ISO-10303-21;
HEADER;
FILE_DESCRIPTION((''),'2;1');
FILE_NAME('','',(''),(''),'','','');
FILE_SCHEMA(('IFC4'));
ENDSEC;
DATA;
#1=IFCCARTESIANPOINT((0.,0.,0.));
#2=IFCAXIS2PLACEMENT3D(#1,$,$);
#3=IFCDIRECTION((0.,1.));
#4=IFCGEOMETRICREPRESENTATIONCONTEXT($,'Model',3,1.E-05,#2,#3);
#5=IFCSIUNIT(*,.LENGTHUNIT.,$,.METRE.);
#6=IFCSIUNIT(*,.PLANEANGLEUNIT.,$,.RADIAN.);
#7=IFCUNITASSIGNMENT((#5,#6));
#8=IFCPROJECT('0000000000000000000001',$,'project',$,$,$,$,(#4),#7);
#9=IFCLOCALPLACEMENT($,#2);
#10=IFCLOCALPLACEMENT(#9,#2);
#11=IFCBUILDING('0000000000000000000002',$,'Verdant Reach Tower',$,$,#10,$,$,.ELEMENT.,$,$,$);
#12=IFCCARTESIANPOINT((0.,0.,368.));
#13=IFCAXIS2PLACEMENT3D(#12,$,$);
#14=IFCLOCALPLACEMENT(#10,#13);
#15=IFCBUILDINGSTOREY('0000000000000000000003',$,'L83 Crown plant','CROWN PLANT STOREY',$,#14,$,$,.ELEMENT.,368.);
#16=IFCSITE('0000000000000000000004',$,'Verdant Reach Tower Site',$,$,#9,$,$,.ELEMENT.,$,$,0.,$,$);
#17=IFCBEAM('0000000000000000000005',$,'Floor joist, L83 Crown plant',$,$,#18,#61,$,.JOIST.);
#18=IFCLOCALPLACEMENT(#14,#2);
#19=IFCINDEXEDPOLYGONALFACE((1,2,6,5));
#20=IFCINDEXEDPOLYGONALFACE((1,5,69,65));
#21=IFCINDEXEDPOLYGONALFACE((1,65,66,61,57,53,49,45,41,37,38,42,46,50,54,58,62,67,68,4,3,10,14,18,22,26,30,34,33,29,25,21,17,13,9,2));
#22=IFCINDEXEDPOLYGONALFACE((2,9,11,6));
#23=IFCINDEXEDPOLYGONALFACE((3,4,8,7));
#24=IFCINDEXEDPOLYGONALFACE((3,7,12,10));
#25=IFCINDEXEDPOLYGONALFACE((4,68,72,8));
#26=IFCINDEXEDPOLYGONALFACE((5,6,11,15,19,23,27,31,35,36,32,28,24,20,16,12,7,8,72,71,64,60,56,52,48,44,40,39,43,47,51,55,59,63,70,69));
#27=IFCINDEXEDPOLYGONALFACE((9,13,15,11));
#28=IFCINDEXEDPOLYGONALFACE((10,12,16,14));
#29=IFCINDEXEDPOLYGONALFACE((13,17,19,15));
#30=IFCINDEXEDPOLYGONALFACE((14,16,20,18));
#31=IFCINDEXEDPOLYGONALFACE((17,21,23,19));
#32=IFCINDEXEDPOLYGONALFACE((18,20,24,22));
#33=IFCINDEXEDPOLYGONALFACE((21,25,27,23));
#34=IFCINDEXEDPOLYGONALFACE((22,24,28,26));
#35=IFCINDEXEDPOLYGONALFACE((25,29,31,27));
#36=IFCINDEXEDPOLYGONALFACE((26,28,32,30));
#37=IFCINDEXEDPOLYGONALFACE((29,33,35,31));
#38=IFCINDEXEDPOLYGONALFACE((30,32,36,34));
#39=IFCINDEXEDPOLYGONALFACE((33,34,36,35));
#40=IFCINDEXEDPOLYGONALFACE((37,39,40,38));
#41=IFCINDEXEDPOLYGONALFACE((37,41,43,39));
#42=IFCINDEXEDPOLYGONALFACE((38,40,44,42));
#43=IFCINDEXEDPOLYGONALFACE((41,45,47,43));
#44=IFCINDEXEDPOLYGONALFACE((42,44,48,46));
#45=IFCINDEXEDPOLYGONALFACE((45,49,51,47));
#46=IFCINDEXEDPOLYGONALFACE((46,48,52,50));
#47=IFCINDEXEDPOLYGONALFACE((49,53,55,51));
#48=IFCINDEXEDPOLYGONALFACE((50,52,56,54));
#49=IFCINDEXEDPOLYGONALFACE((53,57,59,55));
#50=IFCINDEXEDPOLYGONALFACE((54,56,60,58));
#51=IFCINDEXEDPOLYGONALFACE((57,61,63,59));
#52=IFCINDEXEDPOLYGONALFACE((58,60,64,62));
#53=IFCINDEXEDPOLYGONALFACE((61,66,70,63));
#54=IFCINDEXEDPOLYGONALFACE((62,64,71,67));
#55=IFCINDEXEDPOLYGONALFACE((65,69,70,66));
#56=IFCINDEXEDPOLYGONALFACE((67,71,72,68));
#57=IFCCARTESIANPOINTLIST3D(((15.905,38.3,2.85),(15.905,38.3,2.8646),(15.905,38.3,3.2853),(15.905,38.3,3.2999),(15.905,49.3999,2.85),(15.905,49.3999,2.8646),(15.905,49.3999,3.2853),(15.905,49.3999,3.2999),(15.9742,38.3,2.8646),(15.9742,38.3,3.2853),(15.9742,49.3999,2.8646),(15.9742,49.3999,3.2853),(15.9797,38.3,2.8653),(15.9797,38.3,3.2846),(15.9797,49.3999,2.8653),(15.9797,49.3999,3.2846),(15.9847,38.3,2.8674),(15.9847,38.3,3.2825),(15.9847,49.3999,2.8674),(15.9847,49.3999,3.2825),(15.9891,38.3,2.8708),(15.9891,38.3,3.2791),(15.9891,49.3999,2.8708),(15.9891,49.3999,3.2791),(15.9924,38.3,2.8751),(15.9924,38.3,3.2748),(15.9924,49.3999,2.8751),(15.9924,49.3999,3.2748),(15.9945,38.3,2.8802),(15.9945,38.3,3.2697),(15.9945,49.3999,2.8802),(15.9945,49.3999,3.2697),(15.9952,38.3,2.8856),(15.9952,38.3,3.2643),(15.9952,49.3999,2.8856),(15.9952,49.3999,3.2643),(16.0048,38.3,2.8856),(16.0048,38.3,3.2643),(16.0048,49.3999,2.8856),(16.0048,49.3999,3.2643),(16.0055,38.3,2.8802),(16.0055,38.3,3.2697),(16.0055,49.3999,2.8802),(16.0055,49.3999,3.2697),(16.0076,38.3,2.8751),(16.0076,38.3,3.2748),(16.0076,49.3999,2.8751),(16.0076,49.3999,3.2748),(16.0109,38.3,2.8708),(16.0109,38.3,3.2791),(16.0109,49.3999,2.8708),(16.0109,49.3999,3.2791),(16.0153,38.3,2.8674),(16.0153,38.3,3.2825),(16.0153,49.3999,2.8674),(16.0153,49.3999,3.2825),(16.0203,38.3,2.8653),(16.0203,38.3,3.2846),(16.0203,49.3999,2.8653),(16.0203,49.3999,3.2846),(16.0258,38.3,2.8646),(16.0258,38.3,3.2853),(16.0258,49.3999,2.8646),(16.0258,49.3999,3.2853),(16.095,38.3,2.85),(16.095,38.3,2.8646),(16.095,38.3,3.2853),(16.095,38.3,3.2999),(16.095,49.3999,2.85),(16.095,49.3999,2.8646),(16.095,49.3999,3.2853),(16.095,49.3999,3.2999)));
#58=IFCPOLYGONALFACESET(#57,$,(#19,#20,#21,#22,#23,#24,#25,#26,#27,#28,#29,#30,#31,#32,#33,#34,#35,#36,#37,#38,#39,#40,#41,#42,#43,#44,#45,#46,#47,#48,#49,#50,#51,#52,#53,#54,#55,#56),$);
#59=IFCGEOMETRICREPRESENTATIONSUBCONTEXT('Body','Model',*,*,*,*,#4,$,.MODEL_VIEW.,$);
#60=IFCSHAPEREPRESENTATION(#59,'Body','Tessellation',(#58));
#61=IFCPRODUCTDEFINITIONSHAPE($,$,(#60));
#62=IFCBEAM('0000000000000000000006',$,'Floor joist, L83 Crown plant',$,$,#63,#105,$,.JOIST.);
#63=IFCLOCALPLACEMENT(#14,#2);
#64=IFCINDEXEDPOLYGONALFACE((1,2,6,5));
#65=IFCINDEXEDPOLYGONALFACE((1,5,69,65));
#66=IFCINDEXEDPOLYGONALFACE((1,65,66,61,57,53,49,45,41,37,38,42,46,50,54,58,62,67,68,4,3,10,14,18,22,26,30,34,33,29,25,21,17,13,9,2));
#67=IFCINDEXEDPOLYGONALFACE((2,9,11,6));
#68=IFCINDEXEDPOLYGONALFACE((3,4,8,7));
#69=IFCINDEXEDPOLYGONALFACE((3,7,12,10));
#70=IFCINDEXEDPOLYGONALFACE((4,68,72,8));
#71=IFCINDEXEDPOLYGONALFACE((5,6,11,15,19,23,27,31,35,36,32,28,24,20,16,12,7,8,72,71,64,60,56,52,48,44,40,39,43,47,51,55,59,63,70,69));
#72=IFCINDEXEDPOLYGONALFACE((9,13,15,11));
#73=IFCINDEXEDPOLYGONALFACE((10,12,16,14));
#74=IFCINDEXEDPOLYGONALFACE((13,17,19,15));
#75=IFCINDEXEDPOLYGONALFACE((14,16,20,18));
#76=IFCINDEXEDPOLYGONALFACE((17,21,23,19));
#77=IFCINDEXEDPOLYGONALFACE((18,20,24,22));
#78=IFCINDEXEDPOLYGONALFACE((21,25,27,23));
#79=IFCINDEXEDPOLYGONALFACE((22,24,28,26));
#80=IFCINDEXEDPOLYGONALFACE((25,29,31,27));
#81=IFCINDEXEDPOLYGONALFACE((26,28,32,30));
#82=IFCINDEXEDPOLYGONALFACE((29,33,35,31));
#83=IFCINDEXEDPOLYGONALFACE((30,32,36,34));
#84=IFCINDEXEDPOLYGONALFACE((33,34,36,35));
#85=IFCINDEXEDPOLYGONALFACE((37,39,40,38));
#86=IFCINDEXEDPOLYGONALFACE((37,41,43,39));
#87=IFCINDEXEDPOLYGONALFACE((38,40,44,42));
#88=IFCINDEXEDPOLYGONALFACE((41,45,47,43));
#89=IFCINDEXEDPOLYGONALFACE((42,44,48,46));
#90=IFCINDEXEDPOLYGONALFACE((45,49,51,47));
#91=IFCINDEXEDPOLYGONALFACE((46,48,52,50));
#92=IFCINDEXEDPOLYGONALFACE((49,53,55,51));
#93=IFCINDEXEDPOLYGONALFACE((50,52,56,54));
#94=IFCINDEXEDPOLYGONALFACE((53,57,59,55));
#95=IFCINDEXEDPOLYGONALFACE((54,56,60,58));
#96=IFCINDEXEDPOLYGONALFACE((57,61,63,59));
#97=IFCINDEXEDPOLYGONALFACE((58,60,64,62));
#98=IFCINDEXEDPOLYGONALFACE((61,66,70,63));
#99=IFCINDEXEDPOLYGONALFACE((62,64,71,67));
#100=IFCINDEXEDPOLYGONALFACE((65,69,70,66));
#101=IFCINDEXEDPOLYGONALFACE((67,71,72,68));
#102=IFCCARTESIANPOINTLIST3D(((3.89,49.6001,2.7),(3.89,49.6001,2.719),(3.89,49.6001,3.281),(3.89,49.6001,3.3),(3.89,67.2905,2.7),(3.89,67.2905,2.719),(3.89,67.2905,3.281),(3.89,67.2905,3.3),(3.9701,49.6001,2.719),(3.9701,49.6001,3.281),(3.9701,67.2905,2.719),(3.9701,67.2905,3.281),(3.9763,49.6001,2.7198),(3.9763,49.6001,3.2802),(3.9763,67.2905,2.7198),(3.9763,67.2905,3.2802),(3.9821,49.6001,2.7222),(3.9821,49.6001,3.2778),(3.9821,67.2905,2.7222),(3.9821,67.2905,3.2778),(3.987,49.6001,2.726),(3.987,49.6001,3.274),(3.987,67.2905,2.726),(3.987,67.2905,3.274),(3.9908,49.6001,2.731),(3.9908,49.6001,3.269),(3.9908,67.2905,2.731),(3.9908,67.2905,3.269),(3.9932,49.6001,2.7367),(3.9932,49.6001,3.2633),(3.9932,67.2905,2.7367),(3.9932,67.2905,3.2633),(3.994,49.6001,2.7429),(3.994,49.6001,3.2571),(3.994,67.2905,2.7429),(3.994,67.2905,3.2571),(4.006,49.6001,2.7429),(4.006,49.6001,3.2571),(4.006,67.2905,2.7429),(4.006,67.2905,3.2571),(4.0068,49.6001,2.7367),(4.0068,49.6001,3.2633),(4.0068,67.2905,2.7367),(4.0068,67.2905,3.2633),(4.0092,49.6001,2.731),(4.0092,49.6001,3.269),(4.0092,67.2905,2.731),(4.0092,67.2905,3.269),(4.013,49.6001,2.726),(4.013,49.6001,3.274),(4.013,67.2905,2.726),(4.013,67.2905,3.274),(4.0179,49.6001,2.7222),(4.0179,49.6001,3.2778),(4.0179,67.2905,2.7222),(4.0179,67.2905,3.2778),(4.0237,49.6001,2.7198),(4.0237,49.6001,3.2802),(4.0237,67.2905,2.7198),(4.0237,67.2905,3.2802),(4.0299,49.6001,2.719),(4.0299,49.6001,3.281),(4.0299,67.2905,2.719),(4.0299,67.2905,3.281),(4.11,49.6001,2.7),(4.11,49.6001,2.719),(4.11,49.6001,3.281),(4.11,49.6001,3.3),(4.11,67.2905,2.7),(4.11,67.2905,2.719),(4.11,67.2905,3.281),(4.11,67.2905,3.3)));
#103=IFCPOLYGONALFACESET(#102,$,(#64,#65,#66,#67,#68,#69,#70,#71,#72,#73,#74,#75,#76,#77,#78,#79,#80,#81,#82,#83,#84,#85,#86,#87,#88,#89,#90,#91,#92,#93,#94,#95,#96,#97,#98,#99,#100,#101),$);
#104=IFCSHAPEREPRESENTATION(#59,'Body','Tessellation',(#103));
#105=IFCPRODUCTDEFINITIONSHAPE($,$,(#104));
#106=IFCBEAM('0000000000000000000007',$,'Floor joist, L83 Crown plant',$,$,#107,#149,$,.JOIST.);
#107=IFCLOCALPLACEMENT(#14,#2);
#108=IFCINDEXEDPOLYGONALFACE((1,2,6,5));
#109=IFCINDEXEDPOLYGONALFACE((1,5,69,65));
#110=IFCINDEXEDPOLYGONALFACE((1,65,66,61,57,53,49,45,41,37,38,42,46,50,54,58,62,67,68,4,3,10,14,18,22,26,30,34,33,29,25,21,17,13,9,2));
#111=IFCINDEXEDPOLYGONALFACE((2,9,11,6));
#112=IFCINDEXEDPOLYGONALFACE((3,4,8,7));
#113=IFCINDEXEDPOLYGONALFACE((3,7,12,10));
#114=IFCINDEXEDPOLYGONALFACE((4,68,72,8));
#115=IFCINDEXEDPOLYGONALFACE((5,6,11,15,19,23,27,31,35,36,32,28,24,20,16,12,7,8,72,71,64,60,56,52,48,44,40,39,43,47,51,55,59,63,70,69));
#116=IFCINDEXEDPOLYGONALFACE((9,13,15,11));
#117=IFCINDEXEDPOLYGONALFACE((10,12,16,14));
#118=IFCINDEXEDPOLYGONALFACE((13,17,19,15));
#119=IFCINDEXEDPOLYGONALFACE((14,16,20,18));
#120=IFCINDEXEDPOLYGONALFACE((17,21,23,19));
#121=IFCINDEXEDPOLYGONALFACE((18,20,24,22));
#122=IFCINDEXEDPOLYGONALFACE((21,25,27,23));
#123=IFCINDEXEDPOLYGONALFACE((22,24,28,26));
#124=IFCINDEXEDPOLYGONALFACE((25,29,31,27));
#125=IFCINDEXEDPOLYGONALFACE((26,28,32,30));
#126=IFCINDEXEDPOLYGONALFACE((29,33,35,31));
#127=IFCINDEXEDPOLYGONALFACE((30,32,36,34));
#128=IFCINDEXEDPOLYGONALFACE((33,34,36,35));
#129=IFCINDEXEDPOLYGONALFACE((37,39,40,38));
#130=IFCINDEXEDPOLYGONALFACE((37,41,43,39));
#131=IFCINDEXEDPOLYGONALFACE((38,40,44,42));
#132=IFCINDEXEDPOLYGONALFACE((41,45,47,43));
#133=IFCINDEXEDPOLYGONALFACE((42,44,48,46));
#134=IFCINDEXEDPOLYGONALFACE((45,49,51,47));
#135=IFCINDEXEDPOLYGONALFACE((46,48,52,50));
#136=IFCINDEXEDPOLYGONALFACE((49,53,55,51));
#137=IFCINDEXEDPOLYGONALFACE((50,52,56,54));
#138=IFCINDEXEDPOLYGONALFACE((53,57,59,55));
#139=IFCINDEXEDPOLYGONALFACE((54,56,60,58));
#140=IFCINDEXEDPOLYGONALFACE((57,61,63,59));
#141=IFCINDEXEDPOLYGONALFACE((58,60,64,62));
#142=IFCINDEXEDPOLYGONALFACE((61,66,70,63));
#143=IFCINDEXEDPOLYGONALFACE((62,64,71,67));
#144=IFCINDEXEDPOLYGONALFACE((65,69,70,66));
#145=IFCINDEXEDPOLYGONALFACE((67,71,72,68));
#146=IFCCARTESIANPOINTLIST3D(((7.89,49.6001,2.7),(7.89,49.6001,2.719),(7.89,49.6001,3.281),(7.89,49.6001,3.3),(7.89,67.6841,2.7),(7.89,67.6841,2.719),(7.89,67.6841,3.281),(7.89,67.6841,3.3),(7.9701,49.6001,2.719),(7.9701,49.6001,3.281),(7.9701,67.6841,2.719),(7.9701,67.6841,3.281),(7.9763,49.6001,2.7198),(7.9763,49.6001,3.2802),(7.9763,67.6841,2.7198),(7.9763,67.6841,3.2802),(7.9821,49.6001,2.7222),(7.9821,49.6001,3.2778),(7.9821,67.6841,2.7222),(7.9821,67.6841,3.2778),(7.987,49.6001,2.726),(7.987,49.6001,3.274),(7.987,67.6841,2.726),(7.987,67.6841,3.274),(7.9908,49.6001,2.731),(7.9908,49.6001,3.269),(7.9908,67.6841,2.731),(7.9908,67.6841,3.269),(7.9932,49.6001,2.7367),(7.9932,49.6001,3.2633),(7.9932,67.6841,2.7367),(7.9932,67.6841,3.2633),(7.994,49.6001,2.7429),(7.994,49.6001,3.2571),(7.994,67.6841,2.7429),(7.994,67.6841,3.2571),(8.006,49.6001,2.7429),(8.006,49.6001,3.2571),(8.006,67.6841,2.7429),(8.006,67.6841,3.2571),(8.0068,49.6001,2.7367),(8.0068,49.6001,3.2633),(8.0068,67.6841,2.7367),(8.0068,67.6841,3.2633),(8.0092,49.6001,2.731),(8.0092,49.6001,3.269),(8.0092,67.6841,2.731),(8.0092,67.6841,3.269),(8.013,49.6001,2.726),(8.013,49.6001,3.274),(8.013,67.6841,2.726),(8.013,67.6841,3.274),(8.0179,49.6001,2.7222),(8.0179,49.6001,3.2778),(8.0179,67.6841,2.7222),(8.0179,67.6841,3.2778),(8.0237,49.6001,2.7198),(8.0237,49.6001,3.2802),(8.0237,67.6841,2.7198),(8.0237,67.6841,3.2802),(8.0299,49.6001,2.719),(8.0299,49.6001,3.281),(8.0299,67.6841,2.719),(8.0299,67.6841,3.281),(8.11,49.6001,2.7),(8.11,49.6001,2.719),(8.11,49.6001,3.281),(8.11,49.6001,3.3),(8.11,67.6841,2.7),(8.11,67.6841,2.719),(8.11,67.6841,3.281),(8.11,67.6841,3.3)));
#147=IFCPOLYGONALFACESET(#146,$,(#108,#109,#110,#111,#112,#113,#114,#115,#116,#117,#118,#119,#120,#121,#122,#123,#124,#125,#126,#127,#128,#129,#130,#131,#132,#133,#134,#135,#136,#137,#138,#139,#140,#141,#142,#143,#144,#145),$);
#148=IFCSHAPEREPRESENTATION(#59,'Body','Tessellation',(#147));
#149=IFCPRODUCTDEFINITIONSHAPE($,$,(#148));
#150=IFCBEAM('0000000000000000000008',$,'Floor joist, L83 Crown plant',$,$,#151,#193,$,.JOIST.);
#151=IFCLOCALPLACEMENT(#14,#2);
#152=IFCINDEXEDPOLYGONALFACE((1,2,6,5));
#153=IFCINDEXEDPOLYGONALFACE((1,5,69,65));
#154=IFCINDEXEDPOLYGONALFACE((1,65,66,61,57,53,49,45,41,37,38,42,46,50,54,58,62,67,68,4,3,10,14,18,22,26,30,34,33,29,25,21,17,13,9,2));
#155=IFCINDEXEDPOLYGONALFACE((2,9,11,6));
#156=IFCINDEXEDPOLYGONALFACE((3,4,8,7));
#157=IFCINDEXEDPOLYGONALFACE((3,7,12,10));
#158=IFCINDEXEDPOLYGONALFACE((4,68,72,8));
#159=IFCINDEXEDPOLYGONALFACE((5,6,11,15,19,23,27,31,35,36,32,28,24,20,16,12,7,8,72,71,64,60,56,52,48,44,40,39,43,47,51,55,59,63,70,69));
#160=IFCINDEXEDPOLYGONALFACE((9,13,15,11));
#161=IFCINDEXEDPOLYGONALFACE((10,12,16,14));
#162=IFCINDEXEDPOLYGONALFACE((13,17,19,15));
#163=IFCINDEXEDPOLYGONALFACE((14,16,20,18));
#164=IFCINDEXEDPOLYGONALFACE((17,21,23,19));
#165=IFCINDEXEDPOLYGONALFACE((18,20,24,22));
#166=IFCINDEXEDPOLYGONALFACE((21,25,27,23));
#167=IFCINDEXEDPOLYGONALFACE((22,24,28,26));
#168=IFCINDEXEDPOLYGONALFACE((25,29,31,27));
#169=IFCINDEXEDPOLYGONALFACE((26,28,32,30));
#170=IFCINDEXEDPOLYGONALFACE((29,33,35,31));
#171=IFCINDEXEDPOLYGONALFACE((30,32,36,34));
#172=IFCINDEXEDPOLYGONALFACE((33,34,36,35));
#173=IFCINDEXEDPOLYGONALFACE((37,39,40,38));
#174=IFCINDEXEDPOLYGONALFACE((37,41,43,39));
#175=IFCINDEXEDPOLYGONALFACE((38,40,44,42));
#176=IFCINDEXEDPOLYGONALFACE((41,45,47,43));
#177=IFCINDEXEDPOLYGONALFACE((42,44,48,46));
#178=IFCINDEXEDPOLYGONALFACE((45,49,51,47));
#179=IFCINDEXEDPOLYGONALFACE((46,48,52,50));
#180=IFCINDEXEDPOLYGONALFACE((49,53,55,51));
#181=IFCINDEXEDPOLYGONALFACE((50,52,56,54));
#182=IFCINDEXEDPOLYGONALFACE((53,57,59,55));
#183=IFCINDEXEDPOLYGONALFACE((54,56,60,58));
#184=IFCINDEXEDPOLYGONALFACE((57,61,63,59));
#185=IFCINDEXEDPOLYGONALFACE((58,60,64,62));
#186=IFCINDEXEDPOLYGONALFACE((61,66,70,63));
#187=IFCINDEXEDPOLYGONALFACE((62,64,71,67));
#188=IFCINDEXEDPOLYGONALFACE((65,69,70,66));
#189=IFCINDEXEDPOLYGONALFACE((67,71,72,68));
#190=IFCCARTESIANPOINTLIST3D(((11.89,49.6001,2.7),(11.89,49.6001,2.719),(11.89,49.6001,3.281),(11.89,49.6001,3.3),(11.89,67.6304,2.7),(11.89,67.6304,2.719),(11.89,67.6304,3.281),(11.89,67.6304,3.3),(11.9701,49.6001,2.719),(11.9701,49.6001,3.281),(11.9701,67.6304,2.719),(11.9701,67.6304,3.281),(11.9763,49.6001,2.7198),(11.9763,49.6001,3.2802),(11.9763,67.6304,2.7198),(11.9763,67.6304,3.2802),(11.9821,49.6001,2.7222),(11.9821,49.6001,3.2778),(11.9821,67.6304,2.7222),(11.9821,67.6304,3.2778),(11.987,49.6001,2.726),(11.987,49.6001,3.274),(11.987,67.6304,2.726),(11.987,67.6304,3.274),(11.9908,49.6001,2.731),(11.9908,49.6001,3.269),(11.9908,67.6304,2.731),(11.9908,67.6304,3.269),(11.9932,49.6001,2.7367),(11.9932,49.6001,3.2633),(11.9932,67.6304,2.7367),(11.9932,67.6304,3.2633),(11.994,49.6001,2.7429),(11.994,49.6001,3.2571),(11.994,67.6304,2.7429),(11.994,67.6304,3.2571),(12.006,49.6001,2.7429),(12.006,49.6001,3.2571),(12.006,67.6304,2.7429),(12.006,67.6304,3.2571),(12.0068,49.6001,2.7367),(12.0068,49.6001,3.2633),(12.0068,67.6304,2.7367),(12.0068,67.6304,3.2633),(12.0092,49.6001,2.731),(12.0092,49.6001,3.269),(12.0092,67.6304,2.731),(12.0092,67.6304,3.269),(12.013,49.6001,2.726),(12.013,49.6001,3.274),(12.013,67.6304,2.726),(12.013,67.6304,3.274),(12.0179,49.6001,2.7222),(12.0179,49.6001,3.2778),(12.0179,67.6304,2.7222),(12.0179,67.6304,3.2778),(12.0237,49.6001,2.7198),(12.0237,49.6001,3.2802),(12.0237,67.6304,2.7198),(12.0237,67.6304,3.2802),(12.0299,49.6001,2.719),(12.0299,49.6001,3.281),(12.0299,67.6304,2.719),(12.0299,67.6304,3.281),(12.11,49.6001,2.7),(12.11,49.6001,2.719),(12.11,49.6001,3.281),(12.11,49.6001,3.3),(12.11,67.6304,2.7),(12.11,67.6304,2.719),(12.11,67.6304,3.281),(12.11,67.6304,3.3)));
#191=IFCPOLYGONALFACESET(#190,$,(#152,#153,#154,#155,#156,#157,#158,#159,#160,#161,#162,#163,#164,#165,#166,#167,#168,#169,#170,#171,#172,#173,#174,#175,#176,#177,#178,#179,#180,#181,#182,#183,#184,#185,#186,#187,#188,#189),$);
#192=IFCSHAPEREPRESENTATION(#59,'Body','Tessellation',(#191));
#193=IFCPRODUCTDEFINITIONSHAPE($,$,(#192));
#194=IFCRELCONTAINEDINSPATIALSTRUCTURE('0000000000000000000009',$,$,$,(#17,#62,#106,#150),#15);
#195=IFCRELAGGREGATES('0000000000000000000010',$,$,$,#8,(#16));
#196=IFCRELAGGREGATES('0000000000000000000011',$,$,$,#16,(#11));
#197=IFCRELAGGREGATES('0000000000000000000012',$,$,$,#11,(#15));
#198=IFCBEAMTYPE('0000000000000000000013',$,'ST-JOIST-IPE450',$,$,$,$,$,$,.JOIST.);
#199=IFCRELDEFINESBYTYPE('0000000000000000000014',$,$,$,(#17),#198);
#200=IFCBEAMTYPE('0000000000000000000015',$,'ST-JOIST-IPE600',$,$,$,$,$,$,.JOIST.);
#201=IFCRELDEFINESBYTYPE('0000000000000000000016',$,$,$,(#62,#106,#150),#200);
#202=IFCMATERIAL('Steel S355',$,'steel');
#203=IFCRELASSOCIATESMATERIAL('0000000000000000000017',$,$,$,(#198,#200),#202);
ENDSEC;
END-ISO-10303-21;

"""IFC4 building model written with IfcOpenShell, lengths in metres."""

from ifc_helpers import new_model, si_unit, direction, frame, origin, origin_2d, place, context, subcontext, project, spatial, i_section, extrude, material, material_profile, profile_set, type_object, element, save


model = new_model("IFC4")

# Units and contexts
model_context = context("Model", 3, precision=1e-05, world=origin(), true_north=direction((0.0, 1.0)))
body_context = subcontext(model_context, "Body", "Model", "MODEL_VIEW")
ifc_project = project(units=[si_unit("LENGTHUNIT", "METRE"), si_unit("PLANEANGLEUNIT", "RADIAN")], contexts=[model_context])

# Site, building, storey
site_placement = place(None, origin())
site = spatial("IfcSite", under=ifc_project, at=site_placement, Name="Verdant Reach Tower Site", CompositionType="ELEMENT", RefElevation=0.0)
building_placement = place(site_placement, origin())
building = spatial("IfcBuilding", under=site, at=building_placement, Name="Verdant Reach Tower", CompositionType="ELEMENT")
storey_placement = place(building_placement, frame((0.0, 0.0, 368.0)))
storey = spatial("IfcBuildingStorey", under=building, at=storey_placement, Name="L83 Crown plant", Description="CROWN PLANT STOREY", CompositionType="ELEMENT", Elevation=368.0)

# Beams
ifc_material_1 = material(Name="Steel S355", Category="steel")
ifc_material_profile_1 = material_profile(ifc_material_1, i_section(OverallWidth=0.1899, OverallDepth=0.45, WebThickness=0.0095, FlangeThickness=0.0146, FilletRadius=0.021, at=origin_2d()), Name="IPE 450")
ifc_profile_set_1 = profile_set([ifc_material_profile_1], Name="Steel S355")
beam_type_1 = type_object("IfcBeamType", Name="ST-JOIST-IPE450", PredefinedType="JOIST", material=ifc_profile_set_1)
beam_1_placement = place(storey_placement, frame((16.0, 38.3, 3.075), z_axis=(0.0, 1.0, 0.0), x_axis=(-1.0, 0.0, 0.0)))
element("IfcBeam", 1, at=beam_1_placement, inside=storey, type_object=beam_type_1, Name="Floor joist, L83 Crown plant", PredefinedType="JOIST", context=body_context, shape_type="SweptSolid", body=[
    extrude(i_section(OverallWidth=0.1899, OverallDepth=0.45, WebThickness=0.0095, FlangeThickness=0.0146, FilletRadius=0.021, at=origin_2d()), origin(), (0.0, 0.0, 1.0), 11.0999),
])
ifc_material_profile_2 = material_profile(ifc_material_1, i_section(OverallWidth=0.22, OverallDepth=0.6001, WebThickness=0.012, FlangeThickness=0.019, FilletRadius=0.0239, at=origin_2d()), Name="IPE 600")
ifc_profile_set_2 = profile_set([ifc_material_profile_2], Name="Steel S355")
beam_type_2 = type_object("IfcBeamType", Name="ST-JOIST-IPE600", PredefinedType="JOIST", material=ifc_profile_set_2)
beam_2_placement = place(storey_placement, frame((4.0, 49.6001, 3.0), z_axis=(0.0, 1.0, 0.0), x_axis=(-1.0, 0.0, 0.0)))
element("IfcBeam", 2, at=beam_2_placement, inside=storey, type_object=beam_type_2, Name="Floor joist, L83 Crown plant", PredefinedType="JOIST", context=body_context, shape_type="SweptSolid", body=[
    extrude(i_section(OverallWidth=0.22, OverallDepth=0.6001, WebThickness=0.012, FlangeThickness=0.019, FilletRadius=0.0239, at=origin_2d()), origin(), (0.0, 0.0, 1.0), 17.6904),
])
beam_3_placement = place(storey_placement, frame((8.0, 49.6001, 3.0), z_axis=(0.0, 1.0, 0.0), x_axis=(-1.0, 0.0, 0.0)))
element("IfcBeam", 3, at=beam_3_placement, inside=storey, type_object=beam_type_2, Name="Floor joist, L83 Crown plant", PredefinedType="JOIST", context=body_context, shape_type="SweptSolid", body=[
    extrude(i_section(OverallWidth=0.22, OverallDepth=0.6001, WebThickness=0.012, FlangeThickness=0.019, FilletRadius=0.0239, at=origin_2d()), origin(), (0.0, 0.0, 1.0), 18.084),
])
beam_4_placement = place(storey_placement, frame((12.0, 49.6001, 3.0), z_axis=(0.0, 1.0, 0.0), x_axis=(-1.0, 0.0, 0.0)))
element("IfcBeam", 4, at=beam_4_placement, inside=storey, type_object=beam_type_2, Name="Floor joist, L83 Crown plant", PredefinedType="JOIST", context=body_context, shape_type="SweptSolid", body=[
    extrude(i_section(OverallWidth=0.22, OverallDepth=0.6001, WebThickness=0.012, FlangeThickness=0.019, FilletRadius=0.0239, at=origin_2d()), origin(), (0.0, 0.0, 1.0), 18.0303),
])

save(model, "model.ifc")
